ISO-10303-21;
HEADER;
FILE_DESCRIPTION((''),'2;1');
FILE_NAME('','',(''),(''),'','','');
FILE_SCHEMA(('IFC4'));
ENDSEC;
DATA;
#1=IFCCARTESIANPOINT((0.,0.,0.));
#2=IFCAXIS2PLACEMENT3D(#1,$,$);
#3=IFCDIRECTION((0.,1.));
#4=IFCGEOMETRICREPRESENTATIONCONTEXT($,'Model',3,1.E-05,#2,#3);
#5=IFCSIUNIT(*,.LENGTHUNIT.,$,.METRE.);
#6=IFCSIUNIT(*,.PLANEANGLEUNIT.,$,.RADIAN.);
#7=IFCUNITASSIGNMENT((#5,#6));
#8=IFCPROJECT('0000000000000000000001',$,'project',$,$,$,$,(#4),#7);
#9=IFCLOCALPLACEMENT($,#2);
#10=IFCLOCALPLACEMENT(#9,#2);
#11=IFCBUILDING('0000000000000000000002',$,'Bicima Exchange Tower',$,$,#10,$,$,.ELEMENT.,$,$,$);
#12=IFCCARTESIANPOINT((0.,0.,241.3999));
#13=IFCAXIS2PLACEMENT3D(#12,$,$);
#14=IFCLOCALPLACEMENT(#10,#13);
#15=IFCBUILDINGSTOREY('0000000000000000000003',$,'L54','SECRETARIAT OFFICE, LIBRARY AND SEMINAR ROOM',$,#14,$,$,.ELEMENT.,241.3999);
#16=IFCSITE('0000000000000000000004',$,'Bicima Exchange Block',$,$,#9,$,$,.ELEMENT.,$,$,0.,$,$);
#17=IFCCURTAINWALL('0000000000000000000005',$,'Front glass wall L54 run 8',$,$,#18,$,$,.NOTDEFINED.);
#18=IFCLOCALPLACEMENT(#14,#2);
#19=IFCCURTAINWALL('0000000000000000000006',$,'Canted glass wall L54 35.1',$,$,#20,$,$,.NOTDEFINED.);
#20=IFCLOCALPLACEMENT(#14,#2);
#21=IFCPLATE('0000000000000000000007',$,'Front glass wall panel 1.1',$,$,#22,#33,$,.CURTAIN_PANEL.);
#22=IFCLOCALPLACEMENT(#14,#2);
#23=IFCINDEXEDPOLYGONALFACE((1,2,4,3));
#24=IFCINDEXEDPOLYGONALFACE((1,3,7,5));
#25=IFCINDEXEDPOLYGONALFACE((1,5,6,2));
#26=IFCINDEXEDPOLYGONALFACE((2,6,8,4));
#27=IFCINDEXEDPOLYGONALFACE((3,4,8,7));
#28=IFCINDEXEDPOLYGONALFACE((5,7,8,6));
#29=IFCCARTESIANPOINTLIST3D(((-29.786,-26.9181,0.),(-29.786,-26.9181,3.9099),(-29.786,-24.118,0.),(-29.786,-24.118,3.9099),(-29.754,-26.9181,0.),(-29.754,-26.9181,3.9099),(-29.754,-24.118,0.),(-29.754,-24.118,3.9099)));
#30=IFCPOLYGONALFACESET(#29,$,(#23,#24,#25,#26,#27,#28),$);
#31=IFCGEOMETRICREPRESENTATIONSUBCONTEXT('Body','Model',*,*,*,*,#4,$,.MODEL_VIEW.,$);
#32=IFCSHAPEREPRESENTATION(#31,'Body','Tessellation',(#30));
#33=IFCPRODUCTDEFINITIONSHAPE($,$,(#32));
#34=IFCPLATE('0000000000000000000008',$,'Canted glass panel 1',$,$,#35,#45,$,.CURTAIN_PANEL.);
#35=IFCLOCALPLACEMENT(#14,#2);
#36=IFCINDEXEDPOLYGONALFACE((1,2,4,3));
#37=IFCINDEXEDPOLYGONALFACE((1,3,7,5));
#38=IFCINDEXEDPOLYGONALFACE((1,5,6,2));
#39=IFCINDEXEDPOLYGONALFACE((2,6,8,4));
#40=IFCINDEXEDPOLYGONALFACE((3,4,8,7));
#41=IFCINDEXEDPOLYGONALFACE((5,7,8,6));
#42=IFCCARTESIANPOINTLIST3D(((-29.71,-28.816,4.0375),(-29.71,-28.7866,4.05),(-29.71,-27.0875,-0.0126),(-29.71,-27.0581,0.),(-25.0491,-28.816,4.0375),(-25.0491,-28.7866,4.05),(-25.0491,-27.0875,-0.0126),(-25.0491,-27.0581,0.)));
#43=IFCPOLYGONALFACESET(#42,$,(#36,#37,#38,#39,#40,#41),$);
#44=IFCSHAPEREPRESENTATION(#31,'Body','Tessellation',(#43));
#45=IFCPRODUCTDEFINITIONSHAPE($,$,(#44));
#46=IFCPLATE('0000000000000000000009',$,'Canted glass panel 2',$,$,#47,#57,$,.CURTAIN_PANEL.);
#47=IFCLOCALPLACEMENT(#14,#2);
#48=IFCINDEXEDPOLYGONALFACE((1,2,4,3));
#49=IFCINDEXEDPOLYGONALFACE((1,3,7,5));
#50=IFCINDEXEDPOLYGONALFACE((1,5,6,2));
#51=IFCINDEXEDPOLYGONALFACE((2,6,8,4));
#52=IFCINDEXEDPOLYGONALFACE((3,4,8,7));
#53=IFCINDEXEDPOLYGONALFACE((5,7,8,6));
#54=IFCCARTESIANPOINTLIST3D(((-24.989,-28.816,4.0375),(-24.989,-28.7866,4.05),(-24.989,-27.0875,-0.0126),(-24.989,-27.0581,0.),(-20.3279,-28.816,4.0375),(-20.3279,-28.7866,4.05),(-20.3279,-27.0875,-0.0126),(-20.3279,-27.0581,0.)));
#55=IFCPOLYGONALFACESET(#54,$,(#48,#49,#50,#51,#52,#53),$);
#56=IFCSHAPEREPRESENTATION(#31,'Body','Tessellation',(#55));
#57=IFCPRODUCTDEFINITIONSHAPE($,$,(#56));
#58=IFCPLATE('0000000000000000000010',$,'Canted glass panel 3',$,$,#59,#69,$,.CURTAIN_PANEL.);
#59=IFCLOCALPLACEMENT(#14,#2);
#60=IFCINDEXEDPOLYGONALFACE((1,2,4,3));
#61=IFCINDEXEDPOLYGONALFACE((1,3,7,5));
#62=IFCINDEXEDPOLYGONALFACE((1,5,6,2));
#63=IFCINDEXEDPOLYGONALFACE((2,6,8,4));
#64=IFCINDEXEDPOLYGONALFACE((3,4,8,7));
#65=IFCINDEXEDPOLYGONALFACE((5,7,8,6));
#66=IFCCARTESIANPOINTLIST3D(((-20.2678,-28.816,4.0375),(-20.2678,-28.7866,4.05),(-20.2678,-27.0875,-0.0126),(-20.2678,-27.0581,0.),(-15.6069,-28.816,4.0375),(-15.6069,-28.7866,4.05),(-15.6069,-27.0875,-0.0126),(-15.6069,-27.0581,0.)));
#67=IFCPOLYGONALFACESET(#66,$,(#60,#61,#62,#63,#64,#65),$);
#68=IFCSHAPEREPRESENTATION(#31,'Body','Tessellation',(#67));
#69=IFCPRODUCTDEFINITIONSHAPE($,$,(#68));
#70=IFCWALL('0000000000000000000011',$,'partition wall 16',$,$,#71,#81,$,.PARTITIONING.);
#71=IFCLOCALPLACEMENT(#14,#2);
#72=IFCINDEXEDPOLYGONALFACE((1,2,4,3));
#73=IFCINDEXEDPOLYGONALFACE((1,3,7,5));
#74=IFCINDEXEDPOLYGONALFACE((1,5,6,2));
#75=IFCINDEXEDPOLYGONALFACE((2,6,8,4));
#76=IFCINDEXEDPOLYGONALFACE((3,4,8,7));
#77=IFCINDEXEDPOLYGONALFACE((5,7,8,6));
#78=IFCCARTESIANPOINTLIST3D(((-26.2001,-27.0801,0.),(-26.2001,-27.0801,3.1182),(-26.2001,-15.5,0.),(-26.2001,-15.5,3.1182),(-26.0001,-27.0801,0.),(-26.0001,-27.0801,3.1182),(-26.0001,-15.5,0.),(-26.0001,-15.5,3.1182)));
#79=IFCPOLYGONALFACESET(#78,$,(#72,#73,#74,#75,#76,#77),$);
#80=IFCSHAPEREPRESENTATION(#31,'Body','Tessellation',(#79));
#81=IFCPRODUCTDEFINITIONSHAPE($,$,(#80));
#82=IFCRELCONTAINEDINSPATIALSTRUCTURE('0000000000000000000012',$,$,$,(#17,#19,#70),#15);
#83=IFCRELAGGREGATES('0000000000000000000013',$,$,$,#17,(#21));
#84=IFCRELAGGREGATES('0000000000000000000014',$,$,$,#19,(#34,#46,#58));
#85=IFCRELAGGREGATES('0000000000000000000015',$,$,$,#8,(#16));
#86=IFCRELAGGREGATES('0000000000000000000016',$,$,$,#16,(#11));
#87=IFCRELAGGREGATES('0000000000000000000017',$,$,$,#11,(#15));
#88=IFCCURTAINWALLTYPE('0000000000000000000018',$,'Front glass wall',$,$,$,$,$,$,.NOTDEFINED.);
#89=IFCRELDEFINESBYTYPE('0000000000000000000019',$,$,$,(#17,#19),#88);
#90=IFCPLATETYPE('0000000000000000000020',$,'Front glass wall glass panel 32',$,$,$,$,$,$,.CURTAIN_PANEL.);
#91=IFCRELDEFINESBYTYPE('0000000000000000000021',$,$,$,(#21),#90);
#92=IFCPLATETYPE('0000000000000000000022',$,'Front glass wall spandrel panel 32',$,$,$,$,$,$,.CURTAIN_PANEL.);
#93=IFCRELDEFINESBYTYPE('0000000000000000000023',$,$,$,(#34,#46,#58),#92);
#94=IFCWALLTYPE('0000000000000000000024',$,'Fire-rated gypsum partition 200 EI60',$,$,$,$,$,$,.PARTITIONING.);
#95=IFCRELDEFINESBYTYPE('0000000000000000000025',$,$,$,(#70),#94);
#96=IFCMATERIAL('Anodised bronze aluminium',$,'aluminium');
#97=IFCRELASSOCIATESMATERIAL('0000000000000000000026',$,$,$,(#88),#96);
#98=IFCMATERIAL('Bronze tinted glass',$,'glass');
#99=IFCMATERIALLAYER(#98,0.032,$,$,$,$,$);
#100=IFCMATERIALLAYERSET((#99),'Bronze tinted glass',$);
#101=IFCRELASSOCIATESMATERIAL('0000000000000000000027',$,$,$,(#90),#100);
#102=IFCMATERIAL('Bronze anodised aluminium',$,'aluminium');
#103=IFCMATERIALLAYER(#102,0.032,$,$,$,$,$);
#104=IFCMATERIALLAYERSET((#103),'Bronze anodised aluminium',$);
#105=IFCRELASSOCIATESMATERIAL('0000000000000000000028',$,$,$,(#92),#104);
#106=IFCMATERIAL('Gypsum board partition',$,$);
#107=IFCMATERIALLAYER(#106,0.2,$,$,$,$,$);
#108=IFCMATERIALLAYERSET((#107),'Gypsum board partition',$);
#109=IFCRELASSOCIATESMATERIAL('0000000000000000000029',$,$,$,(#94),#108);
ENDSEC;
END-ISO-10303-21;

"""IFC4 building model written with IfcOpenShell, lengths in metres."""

from ifc_helpers import new_model, si_unit, direction, frame, frame_2d, origin, origin_2d, place, context, subcontext, project, spatial, polyline, rectangle, outline, extrude, material, layer, layer_set, type_object, element, aggregate, save


model = new_model("IFC4")

# Units and contexts
model_context = context("Model", 3, precision=1e-05, world=origin(), true_north=direction((0.0, 1.0)))
body_context = subcontext(model_context, "Body", "Model", "MODEL_VIEW")
ifc_project = project(units=[si_unit("LENGTHUNIT", "METRE"), si_unit("PLANEANGLEUNIT", "RADIAN")], contexts=[model_context])

# Site, building, storey
site_placement = place(None, origin())
site = spatial("IfcSite", under=ifc_project, at=site_placement, Name="Bicima Exchange Block", CompositionType="ELEMENT", RefElevation=0.0)
building_placement = place(site_placement, origin())
building = spatial("IfcBuilding", under=site, at=building_placement, Name="Bicima Exchange Tower", CompositionType="ELEMENT")
storey_placement = place(building_placement, frame((0.0, 0.0, 241.3999)))
storey = spatial("IfcBuildingStorey", under=building, at=storey_placement, Name="L54", Description="SECRETARIAT OFFICE, LIBRARY AND SEMINAR ROOM", CompositionType="ELEMENT", Elevation=241.3999)

# Shared definitions
ifc_material_1 = material(Name="Anodised bronze aluminium", Category="aluminium")

# Curtain walls
curtain_wall_type_1 = type_object("IfcCurtainWallType", Name="Front glass wall", PredefinedType="NOTDEFINED", material=ifc_material_1)
curtain_wall_1_placement = place(storey_placement, origin())
curtain_wall_1 = element("IfcCurtainWall", 1, at=curtain_wall_1_placement, inside=storey, type_object=curtain_wall_type_1, Name="Front glass wall L54 run 8", PredefinedType="NOTDEFINED")
curtain_wall_2_placement = place(storey_placement, origin())
curtain_wall_2 = element("IfcCurtainWall", 2, at=curtain_wall_2_placement, inside=storey, type_object=curtain_wall_type_1, Name="Canted glass wall L54 35.1", PredefinedType="NOTDEFINED")

# Plates
ifc_material_2 = material(Name="Bronze tinted glass", Category="glass")
ifc_layer_1 = layer(ifc_material_2, 0.032)
ifc_layer_set_1 = layer_set([ifc_layer_1], Name="Bronze tinted glass")
plate_type_1 = type_object("IfcPlateType", Name="Front glass wall glass panel 32", PredefinedType="CURTAIN_PANEL", material=ifc_layer_set_1)
plate_1_placement = place(storey_placement, frame((-29.77, -25.5181, 0.0), z_axis=(0.0, 0.0, 1.0), x_axis=(0.0, -1.0, 0.0)))
plate_1 = element("IfcPlate", 3, at=plate_1_placement, type_object=plate_type_1, Name="Front glass wall panel 1.1", PredefinedType="CURTAIN_PANEL", context=body_context, shape_type="SweptSolid", body=[
    extrude(rectangle(XDim=2.8, YDim=0.032, at=origin_2d()), origin(), (0.0, 0.0, 1.0), 3.9099),
])
aggregate(curtain_wall_1, [plate_1])
ifc_material_3 = material(Name="Bronze anodised aluminium", Category="aluminium")
ifc_layer_2 = layer(ifc_material_3, 0.032)
ifc_layer_set_2 = layer_set([ifc_layer_2], Name="Bronze anodised aluminium")
plate_type_2 = type_object("IfcPlateType", Name="Front glass wall spandrel panel 32", PredefinedType="CURTAIN_PANEL", material=ifc_layer_set_2)
plate_2_placement = place(storey_placement, frame((-29.71, -27.0581, 0.0), z_axis=(0.0, 0.919738, 0.392534), x_axis=(1.0, 0.0, 0.0)))
plate_2 = element("IfcPlate", 4, at=plate_2_placement, type_object=plate_type_2, Name="Canted glass panel 1", PredefinedType="CURTAIN_PANEL", context=body_context, shape_type="SweptSolid", body=[
    extrude(outline(polyline([(0.0, 0.0), (4.6609, 0.0), (4.6609, -4.4035), (0.0, -4.4035), (0.0, 0.0)])), origin(), (0.0, 0.0, -1.0), 0.032),
])
plate_3_placement = place(storey_placement, frame((-24.989, -27.0581, 0.0), z_axis=(0.0, 0.919738, 0.392534), x_axis=(1.0, 0.0, 0.0)))
plate_3 = element("IfcPlate", 5, at=plate_3_placement, type_object=plate_type_2, Name="Canted glass panel 2", PredefinedType="CURTAIN_PANEL", context=body_context, shape_type="SweptSolid", body=[
    extrude(outline(polyline([(0.0, 0.0), (4.6611, 0.0), (4.6611, -4.4035), (0.0, -4.4035), (0.0, 0.0)])), origin(), (0.0, 0.0, -1.0), 0.032),
])
plate_4_placement = place(storey_placement, frame((-20.2678, -27.0581, 0.0), z_axis=(0.0, 0.919738, 0.392534), x_axis=(1.0, 0.0, 0.0)))
plate_4 = element("IfcPlate", 6, at=plate_4_placement, type_object=plate_type_2, Name="Canted glass panel 3", PredefinedType="CURTAIN_PANEL", context=body_context, shape_type="SweptSolid", body=[
    extrude(outline(polyline([(0.0, 0.0), (4.6609, 0.0), (4.6609, -4.4035), (0.0, -4.4035), (0.0, 0.0)])), origin(), (0.0, 0.0, -1.0), 0.032),
])
aggregate(curtain_wall_2, [plate_2, plate_3, plate_4])

# Wall
ifc_material_4 = material(Name="Gypsum board partition")
ifc_layer_3 = layer(ifc_material_4, 0.2)
ifc_layer_set_3 = layer_set([ifc_layer_3], Name="Gypsum board partition")
wall_type = type_object("IfcWallType", Name="Fire-rated gypsum partition 200 EI60", PredefinedType="PARTITIONING", material=ifc_layer_set_3)
wall_placement = place(storey_placement, frame((-26.1001, -27.0801, 0.0), z_axis=(0.0, 0.0, 1.0), x_axis=(0.0, 1.0, 0.0)))
element("IfcWall", 7, at=wall_placement, inside=storey, type_object=wall_type, Name="partition wall 16", PredefinedType="PARTITIONING", context=body_context, shape_type="SweptSolid", body=[
    extrude(rectangle(XDim=11.5801, YDim=0.2, at=frame_2d((5.79, 0.0))), origin(), (0.0, 0.0, 1.0), 3.1182),
])

save(model, "model.ifc")
